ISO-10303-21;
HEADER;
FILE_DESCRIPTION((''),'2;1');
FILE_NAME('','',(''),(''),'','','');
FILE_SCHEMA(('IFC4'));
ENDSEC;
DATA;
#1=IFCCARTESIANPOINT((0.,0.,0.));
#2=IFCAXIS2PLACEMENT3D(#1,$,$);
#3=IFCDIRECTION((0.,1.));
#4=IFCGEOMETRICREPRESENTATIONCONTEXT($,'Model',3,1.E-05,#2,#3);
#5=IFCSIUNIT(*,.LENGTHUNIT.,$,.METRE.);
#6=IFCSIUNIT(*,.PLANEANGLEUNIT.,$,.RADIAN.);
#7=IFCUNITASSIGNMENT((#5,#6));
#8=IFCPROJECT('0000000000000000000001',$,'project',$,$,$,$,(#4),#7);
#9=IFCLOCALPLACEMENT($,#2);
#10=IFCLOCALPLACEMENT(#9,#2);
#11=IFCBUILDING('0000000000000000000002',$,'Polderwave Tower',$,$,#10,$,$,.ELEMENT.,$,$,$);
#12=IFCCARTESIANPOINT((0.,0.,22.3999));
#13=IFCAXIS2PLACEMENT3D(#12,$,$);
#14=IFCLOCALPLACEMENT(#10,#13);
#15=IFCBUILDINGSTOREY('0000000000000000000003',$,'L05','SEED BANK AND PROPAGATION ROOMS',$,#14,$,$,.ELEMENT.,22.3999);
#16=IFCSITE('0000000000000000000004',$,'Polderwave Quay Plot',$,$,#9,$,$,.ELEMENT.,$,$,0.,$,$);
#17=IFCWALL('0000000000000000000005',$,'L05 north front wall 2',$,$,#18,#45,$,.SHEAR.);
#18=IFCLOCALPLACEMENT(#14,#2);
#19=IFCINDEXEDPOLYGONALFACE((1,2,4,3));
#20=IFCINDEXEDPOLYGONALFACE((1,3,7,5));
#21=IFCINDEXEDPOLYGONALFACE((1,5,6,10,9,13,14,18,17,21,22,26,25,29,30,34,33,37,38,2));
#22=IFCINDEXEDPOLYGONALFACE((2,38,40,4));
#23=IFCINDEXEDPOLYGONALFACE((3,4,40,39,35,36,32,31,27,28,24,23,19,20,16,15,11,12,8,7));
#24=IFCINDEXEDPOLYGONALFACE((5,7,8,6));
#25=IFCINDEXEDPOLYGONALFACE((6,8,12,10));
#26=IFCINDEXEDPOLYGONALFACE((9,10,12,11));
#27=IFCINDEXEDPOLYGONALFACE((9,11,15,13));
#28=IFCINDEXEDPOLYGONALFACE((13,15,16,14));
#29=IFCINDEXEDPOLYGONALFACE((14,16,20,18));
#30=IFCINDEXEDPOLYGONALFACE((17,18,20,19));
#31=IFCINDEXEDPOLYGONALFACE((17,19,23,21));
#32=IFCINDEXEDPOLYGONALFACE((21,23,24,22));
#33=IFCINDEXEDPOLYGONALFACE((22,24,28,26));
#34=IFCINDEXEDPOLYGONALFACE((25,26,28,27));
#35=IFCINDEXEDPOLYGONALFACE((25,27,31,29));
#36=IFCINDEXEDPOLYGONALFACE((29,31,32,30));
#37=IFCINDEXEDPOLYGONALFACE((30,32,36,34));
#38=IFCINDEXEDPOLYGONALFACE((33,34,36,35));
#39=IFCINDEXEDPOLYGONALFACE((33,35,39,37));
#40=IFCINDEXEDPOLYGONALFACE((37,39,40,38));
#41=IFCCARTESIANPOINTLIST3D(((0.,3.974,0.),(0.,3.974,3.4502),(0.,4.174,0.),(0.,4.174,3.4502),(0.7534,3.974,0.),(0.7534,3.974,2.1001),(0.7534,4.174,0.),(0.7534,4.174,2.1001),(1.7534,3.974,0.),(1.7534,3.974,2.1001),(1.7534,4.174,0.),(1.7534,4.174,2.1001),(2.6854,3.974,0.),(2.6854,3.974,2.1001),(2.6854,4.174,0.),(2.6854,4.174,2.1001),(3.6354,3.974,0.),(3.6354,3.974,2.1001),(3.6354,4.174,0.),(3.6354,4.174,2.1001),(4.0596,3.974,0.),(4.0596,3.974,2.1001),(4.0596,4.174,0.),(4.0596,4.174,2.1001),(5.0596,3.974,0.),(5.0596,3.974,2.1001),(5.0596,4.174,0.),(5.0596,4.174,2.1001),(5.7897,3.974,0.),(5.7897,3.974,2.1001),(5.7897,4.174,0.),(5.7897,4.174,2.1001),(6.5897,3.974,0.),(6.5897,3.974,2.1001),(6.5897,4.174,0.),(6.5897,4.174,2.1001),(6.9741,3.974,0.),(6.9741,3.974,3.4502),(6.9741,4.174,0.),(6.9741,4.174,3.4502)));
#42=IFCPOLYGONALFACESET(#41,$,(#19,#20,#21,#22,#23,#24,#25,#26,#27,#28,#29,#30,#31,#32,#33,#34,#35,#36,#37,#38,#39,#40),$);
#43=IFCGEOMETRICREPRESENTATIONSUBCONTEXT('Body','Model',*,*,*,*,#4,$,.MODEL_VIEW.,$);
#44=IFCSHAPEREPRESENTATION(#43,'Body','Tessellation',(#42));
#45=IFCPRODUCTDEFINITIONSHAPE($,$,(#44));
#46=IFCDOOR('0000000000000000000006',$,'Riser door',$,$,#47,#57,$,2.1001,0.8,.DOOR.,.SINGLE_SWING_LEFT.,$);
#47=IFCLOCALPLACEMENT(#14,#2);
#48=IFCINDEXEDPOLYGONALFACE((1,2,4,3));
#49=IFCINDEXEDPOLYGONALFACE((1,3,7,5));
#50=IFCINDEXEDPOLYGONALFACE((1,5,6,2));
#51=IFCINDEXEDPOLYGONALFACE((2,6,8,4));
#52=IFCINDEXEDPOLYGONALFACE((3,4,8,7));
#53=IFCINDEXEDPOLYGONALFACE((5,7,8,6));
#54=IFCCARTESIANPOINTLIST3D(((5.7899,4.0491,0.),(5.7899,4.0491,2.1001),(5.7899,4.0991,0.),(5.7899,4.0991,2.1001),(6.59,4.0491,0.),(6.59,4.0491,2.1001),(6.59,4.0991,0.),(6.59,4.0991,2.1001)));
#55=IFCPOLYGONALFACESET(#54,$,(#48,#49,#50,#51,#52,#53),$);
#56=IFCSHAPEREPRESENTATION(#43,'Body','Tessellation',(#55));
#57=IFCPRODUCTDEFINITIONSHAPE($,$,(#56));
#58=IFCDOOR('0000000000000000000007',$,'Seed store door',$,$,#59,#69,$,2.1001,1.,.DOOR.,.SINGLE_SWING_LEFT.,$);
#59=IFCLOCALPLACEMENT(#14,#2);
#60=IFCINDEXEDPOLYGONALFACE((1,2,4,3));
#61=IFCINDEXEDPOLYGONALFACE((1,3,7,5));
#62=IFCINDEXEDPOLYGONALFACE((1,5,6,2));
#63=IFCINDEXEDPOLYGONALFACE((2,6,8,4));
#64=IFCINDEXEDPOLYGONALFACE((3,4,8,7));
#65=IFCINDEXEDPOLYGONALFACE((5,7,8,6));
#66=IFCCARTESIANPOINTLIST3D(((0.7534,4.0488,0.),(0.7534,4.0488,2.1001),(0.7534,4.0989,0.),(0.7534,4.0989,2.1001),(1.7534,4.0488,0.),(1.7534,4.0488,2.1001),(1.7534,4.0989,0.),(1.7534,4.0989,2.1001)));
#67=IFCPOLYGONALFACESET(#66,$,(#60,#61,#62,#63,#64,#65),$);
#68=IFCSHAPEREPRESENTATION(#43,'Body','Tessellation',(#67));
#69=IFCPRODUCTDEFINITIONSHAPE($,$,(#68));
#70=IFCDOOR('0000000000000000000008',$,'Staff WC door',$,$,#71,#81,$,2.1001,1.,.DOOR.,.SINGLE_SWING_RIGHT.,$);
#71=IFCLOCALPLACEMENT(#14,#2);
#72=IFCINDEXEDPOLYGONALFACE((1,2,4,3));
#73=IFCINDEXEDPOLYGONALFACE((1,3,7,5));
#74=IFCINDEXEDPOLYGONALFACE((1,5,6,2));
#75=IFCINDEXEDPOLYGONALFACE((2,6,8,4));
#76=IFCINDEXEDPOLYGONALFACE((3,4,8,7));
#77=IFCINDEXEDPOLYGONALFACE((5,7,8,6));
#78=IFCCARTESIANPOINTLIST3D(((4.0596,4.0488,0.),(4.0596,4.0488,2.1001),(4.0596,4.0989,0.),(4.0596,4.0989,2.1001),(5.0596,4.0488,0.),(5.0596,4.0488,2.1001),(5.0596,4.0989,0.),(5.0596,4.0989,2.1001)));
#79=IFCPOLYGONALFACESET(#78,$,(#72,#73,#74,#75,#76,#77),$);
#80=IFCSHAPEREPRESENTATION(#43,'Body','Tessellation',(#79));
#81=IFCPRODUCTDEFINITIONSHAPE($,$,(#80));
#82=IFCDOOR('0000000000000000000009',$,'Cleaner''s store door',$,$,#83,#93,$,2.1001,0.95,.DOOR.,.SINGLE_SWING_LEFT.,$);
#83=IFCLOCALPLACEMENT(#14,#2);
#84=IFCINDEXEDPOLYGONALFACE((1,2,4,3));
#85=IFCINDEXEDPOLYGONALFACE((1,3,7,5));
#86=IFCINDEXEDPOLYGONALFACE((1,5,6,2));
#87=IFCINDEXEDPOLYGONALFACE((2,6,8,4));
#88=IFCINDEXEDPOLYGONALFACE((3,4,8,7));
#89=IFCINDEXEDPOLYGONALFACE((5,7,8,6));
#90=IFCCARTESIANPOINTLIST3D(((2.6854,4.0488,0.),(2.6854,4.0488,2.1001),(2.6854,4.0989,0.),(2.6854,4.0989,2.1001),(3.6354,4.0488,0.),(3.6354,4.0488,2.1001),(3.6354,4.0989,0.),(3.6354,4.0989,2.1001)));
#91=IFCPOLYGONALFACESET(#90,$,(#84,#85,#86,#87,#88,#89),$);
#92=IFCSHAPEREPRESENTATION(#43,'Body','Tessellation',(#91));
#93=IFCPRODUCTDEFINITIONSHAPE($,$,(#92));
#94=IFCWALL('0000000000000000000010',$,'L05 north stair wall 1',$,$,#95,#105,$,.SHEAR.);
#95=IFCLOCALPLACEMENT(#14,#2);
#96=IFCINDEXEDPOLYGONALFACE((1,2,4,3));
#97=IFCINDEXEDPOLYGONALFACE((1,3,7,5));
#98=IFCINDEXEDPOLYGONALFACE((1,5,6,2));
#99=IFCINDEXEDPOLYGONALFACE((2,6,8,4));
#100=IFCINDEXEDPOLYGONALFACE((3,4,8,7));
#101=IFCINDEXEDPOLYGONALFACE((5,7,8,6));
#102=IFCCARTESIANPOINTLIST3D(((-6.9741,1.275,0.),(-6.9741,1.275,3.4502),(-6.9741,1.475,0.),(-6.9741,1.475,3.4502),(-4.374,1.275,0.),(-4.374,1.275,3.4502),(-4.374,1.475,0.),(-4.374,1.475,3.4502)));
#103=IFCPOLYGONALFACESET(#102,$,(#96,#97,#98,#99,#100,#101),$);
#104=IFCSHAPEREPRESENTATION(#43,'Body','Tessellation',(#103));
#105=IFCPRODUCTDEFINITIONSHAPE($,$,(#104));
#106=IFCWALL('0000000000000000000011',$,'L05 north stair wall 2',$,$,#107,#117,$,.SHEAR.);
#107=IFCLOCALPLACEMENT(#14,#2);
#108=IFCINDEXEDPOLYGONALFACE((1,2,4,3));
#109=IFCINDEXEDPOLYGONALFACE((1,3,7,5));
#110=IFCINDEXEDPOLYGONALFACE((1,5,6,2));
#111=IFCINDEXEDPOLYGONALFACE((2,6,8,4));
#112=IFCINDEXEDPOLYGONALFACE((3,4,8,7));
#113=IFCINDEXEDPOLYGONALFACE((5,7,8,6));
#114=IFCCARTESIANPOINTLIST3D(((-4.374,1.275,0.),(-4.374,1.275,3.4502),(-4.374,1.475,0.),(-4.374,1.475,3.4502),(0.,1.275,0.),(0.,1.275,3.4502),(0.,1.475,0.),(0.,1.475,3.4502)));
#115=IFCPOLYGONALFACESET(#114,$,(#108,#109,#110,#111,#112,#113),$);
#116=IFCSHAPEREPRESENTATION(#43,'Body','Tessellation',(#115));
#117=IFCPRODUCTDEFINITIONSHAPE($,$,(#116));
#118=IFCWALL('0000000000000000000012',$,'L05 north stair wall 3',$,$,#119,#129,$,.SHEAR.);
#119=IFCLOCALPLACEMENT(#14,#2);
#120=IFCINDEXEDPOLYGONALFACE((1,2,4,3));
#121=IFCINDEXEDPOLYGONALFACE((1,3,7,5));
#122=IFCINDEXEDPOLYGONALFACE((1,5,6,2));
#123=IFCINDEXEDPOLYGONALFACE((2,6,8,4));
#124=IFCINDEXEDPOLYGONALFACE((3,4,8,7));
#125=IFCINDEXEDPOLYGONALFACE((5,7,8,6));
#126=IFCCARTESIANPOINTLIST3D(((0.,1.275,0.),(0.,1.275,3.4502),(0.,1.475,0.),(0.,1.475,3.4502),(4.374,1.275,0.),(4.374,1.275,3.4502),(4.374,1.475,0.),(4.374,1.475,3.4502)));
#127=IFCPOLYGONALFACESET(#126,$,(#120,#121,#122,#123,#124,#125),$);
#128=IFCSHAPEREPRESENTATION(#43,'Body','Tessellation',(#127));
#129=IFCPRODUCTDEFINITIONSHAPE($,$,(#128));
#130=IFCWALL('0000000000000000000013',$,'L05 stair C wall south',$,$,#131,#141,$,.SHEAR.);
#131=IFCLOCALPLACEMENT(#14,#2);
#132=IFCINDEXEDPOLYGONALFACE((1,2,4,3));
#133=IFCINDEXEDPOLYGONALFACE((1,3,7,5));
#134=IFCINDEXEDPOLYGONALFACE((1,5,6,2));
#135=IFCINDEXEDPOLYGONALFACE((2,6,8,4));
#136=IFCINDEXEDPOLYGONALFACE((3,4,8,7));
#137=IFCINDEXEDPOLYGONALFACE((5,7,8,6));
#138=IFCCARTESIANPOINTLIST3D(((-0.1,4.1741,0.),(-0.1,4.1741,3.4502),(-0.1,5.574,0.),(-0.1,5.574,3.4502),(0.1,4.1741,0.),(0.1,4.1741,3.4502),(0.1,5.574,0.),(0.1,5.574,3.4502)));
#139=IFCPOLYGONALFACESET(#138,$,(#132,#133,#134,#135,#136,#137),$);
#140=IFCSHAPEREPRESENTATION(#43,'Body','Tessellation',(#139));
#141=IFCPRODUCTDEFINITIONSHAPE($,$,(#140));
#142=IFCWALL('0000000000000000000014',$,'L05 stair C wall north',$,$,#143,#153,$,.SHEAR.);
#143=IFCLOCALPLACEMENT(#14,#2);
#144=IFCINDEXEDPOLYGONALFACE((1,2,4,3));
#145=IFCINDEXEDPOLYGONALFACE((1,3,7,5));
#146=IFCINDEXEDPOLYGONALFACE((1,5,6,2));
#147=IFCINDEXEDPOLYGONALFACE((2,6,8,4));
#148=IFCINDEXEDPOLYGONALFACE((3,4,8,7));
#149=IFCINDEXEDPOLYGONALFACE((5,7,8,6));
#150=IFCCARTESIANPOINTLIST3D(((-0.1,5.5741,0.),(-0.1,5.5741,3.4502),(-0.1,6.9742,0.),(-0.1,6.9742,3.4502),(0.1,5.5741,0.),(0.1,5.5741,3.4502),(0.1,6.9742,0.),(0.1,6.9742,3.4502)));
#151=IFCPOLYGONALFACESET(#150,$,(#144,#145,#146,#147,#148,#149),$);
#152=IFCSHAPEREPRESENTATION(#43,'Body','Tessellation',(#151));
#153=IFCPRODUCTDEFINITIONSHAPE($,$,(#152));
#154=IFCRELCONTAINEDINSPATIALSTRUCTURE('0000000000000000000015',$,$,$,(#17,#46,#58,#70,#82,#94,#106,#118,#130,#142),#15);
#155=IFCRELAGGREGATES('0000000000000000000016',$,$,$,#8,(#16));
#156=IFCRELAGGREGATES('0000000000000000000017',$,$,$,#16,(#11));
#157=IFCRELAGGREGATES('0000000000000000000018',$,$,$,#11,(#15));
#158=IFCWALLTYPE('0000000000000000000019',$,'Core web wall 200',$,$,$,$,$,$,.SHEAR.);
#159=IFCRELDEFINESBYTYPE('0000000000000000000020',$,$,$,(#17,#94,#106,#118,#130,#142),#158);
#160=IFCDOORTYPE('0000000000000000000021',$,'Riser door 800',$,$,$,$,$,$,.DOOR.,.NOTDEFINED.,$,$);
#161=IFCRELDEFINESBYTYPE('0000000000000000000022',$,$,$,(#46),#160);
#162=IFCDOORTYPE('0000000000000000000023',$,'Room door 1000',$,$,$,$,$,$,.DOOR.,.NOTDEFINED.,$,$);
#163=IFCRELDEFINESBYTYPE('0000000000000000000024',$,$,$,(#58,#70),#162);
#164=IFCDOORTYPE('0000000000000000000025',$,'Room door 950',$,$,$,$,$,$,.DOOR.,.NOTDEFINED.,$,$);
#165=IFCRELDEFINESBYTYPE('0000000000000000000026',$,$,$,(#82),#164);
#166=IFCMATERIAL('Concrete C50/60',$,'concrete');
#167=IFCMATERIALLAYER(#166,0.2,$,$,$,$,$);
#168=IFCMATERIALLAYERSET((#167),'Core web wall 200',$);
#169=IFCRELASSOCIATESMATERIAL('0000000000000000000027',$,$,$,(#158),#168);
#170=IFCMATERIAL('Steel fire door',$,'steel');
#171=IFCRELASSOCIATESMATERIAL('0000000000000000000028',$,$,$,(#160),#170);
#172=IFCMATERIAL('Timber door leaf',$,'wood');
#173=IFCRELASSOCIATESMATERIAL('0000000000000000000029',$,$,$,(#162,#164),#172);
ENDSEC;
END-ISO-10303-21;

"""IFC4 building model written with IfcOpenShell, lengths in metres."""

from ifc_helpers import new_model, si_unit, direction, frame, frame_2d, origin, place, context, subcontext, project, spatial, rectangle, extrude, material, layer, layer_set, type_object, element, fill, save


model = new_model("IFC4")

# Units and contexts
model_context = context("Model", 3, precision=1e-05, world=origin(), true_north=direction((0.0, 1.0)))
body_context = subcontext(model_context, "Body", "Model", "MODEL_VIEW")
ifc_project = project(units=[si_unit("LENGTHUNIT", "METRE"), si_unit("PLANEANGLEUNIT", "RADIAN")], contexts=[model_context])

# Site, building, storey
site_placement = place(None, origin())
site = spatial("IfcSite", under=ifc_project, at=site_placement, Name="Polderwave Quay Plot", CompositionType="ELEMENT", RefElevation=0.0)
building_placement = place(site_placement, origin())
building = spatial("IfcBuilding", under=site, at=building_placement, Name="Polderwave Tower", CompositionType="ELEMENT")
storey_placement = place(building_placement, frame((0.0, 0.0, 22.3999)))
storey = spatial("IfcBuildingStorey", under=building, at=storey_placement, Name="L05", Description="SEED BANK AND PROPAGATION ROOMS", CompositionType="ELEMENT", Elevation=22.3999)

# Shared definitions
ifc_material_1 = material(Name="Steel fire door", Category="steel")

# Shared definitions
ifc_material_2 = material(Name="Concrete C50/60", Category="concrete")
ifc_layer_1 = layer(ifc_material_2, 0.2)
ifc_layer_set_1 = layer_set([ifc_layer_1], Name="Core web wall 200")
wall_type_1 = type_object("IfcWallType", Name="Core web wall 200", PredefinedType="SHEAR", material=ifc_layer_set_1)

# Wall, openings, doors
wall_1_placement = place(storey_placement, frame((0.0, 4.074, 0.0), z_axis=(0.0, 0.0, 1.0), x_axis=(1.0, 0.0, 0.0)))
wall_1 = element("IfcWall", 1, at=wall_1_placement, inside=storey, type_object=wall_type_1, Name="L05 north front wall 2", PredefinedType="SHEAR", context=body_context, shape_type="SweptSolid", body=[
    extrude(rectangle(XDim=6.9741, YDim=0.2, at=frame_2d((3.4871, 0.0))), origin(), (0.0, 0.0, 1.0), 3.4502),
])
opening_1_placement = place(wall_1_placement, frame((0.7534, 0.0, 0.0)))
opening_1 = element("IfcOpeningElement", 2, at=opening_1_placement, cuts=wall_1, PredefinedType="OPENING", context=body_context, shape_type="SweptSolid", body=[
    extrude(rectangle(XDim=1.0, YDim=2.1001, at=frame_2d((0.5, 1.05))), frame((0.0, 0.1099, 0.0), z_axis=(0.0, -1.0, 0.0), x_axis=(1.0, 0.0, 0.0)), (0.0, 0.0, 1.0), 0.22),
])
opening_2_placement = place(wall_1_placement, frame((2.6853, 0.0, 0.0)))
opening_2 = element("IfcOpeningElement", 3, at=opening_2_placement, cuts=wall_1, PredefinedType="OPENING", context=body_context, shape_type="SweptSolid", body=[
    extrude(rectangle(XDim=0.95, YDim=2.1001, at=frame_2d((0.4751, 1.05))), frame((0.0, 0.1099, 0.0), z_axis=(0.0, -1.0, 0.0), x_axis=(1.0, 0.0, 0.0)), (0.0, 0.0, 1.0), 0.22),
])
opening_3_placement = place(wall_1_placement, frame((4.0596, 0.0, 0.0)))
opening_3 = element("IfcOpeningElement", 4, at=opening_3_placement, cuts=wall_1, PredefinedType="OPENING", context=body_context, shape_type="SweptSolid", body=[
    extrude(rectangle(XDim=1.0, YDim=2.1001, at=frame_2d((0.5, 1.05))), frame((0.0, 0.1099, 0.0), z_axis=(0.0, -1.0, 0.0), x_axis=(1.0, 0.0, 0.0)), (0.0, 0.0, 1.0), 0.22),
])
opening_4_placement = place(wall_1_placement, frame((5.7898, 0.0, 0.0)))
opening_4 = element("IfcOpeningElement", 5, at=opening_4_placement, cuts=wall_1, PredefinedType="OPENING", context=body_context, shape_type="SweptSolid", body=[
    extrude(rectangle(XDim=0.8, YDim=2.1001, at=frame_2d((0.3999, 1.05))), frame((0.0, 0.1099, 0.0), z_axis=(0.0, -1.0, 0.0), x_axis=(1.0, 0.0, 0.0)), (0.0, 0.0, 1.0), 0.22),
])
door_type_1 = type_object("IfcDoorType", Name="Riser door 800", OperationType="NOTDEFINED", PredefinedType="DOOR", material=ifc_material_1)
door_1_placement = place(opening_4_placement, frame((0.8, 0.0, 0.0), z_axis=(0.0, 0.0, 1.0), x_axis=(-1.0, 0.0, 0.0)))
door_1 = element("IfcDoor", 6, at=door_1_placement, inside=storey, type_object=door_type_1, Name="Riser door", OperationType="SINGLE_SWING_LEFT", OverallHeight=2.1001, OverallWidth=0.8, PredefinedType="DOOR", context=body_context, shape_type="SweptSolid", body=[
    extrude(rectangle(XDim=0.8, YDim=2.1001, at=frame_2d((0.3999, 1.05))), frame((0.0, 0.0249, 0.0), z_axis=(0.0, -1.0, 0.0), x_axis=(1.0, 0.0, 0.0)), (0.0, 0.0, 1.0), 0.05),
])
fill(opening_4, door_1)
ifc_material_3 = material(Name="Timber door leaf", Category="wood")
door_type_2 = type_object("IfcDoorType", Name="Room door 1000", OperationType="NOTDEFINED", PredefinedType="DOOR", material=ifc_material_3)
door_2_placement = place(opening_1_placement, origin())
door_2 = element("IfcDoor", 7, at=door_2_placement, inside=storey, type_object=door_type_2, Name="Seed store door", OperationType="SINGLE_SWING_LEFT", OverallHeight=2.1001, OverallWidth=1.0, PredefinedType="DOOR", context=body_context, shape_type="SweptSolid", body=[
    extrude(rectangle(XDim=1.0, YDim=2.1001, at=frame_2d((0.5, 1.05))), frame((0.0, 0.0249, 0.0), z_axis=(0.0, -1.0, 0.0), x_axis=(1.0, 0.0, 0.0)), (0.0, 0.0, 1.0), 0.05),
])
fill(opening_1, door_2)
door_3_placement = place(opening_3_placement, origin())
door_3 = element("IfcDoor", 8, at=door_3_placement, inside=storey, type_object=door_type_2, Name="Staff WC door", OperationType="SINGLE_SWING_RIGHT", OverallHeight=2.1001, OverallWidth=1.0, PredefinedType="DOOR", context=body_context, shape_type="SweptSolid", body=[
    extrude(rectangle(XDim=1.0, YDim=2.1001, at=frame_2d((0.5, 1.05))), frame((0.0, 0.0249, 0.0), z_axis=(0.0, -1.0, 0.0), x_axis=(1.0, 0.0, 0.0)), (0.0, 0.0, 1.0), 0.05),
])
fill(opening_3, door_3)
door_type_3 = type_object("IfcDoorType", Name="Room door 950", OperationType="NOTDEFINED", PredefinedType="DOOR", material=ifc_material_3)
door_4_placement = place(opening_2_placement, origin())
door_4 = element("IfcDoor", 9, at=door_4_placement, inside=storey, type_object=door_type_3, Name="Cleaner's store door", OperationType="SINGLE_SWING_LEFT", OverallHeight=2.1001, OverallWidth=0.95, PredefinedType="DOOR", context=body_context, shape_type="SweptSolid", body=[
    extrude(rectangle(XDim=0.95, YDim=2.1001, at=frame_2d((0.4751, 1.05))), frame((0.0, 0.0249, 0.0), z_axis=(0.0, -1.0, 0.0), x_axis=(1.0, 0.0, 0.0)), (0.0, 0.0, 1.0), 0.05),
])
fill(opening_2, door_4)

# Walls
wall_2_placement = place(storey_placement, frame((-6.9741, 1.375, 0.0), z_axis=(0.0, 0.0, 1.0), x_axis=(1.0, 0.0, 0.0)))
element("IfcWall", 10, at=wall_2_placement, inside=storey, type_object=wall_type_1, Name="L05 north stair wall 1", PredefinedType="SHEAR", context=body_context, shape_type="SweptSolid", body=[
    extrude(rectangle(XDim=2.6001, YDim=0.2, at=frame_2d((1.3, 0.0))), origin(), (0.0, 0.0, 1.0), 3.4502),
])
for number, where, z_axis, x_axis, name in (
    (11, (-4.374, 1.375, 0.0), (0.0, 0.0, 1.0), (1.0, 0.0, 0.0), "L05 north stair wall 2"),
    (12, (0.0, 1.375, 0.0), (0.0, 0.0, 1.0), (1.0, 0.0, 0.0), "L05 north stair wall 3"),
):
    element("IfcWall", number, at=place(storey_placement, frame(where, z_axis=z_axis, x_axis=x_axis)), inside=storey, type_object=wall_type_1, Name=name, PredefinedType="SHEAR", context=body_context, shape_type="SweptSolid", body=[
        extrude(rectangle(XDim=4.374, YDim=0.2, at=frame_2d((2.187, 0.0))), origin(), (0.0, 0.0, 1.0), 3.4502),
    ])
wall_3_placement = place(storey_placement, frame((0.0, 4.1741, 0.0), z_axis=(0.0, 0.0, 1.0), x_axis=(0.0, 1.0, 0.0)))
element("IfcWall", 13, at=wall_3_placement, inside=storey, type_object=wall_type_1, Name="L05 stair C wall south", PredefinedType="SHEAR", context=body_context, shape_type="SweptSolid", body=[
    extrude(rectangle(XDim=1.3999, YDim=0.2, at=frame_2d((0.7, 0.0))), origin(), (0.0, 0.0, 1.0), 3.4502),
])
wall_4_placement = place(storey_placement, frame((0.0, 5.574, 0.0), z_axis=(0.0, 0.0, 1.0), x_axis=(0.0, 1.0, 0.0)))
element("IfcWall", 14, at=wall_4_placement, inside=storey, type_object=wall_type_1, Name="L05 stair C wall north", PredefinedType="SHEAR", context=body_context, shape_type="SweptSolid", body=[
    extrude(rectangle(XDim=1.4001, YDim=0.2, at=frame_2d((0.7002, 0.0))), origin(), (0.0, 0.0, 1.0), 3.4502),
])

save(model, "model.ifc")
